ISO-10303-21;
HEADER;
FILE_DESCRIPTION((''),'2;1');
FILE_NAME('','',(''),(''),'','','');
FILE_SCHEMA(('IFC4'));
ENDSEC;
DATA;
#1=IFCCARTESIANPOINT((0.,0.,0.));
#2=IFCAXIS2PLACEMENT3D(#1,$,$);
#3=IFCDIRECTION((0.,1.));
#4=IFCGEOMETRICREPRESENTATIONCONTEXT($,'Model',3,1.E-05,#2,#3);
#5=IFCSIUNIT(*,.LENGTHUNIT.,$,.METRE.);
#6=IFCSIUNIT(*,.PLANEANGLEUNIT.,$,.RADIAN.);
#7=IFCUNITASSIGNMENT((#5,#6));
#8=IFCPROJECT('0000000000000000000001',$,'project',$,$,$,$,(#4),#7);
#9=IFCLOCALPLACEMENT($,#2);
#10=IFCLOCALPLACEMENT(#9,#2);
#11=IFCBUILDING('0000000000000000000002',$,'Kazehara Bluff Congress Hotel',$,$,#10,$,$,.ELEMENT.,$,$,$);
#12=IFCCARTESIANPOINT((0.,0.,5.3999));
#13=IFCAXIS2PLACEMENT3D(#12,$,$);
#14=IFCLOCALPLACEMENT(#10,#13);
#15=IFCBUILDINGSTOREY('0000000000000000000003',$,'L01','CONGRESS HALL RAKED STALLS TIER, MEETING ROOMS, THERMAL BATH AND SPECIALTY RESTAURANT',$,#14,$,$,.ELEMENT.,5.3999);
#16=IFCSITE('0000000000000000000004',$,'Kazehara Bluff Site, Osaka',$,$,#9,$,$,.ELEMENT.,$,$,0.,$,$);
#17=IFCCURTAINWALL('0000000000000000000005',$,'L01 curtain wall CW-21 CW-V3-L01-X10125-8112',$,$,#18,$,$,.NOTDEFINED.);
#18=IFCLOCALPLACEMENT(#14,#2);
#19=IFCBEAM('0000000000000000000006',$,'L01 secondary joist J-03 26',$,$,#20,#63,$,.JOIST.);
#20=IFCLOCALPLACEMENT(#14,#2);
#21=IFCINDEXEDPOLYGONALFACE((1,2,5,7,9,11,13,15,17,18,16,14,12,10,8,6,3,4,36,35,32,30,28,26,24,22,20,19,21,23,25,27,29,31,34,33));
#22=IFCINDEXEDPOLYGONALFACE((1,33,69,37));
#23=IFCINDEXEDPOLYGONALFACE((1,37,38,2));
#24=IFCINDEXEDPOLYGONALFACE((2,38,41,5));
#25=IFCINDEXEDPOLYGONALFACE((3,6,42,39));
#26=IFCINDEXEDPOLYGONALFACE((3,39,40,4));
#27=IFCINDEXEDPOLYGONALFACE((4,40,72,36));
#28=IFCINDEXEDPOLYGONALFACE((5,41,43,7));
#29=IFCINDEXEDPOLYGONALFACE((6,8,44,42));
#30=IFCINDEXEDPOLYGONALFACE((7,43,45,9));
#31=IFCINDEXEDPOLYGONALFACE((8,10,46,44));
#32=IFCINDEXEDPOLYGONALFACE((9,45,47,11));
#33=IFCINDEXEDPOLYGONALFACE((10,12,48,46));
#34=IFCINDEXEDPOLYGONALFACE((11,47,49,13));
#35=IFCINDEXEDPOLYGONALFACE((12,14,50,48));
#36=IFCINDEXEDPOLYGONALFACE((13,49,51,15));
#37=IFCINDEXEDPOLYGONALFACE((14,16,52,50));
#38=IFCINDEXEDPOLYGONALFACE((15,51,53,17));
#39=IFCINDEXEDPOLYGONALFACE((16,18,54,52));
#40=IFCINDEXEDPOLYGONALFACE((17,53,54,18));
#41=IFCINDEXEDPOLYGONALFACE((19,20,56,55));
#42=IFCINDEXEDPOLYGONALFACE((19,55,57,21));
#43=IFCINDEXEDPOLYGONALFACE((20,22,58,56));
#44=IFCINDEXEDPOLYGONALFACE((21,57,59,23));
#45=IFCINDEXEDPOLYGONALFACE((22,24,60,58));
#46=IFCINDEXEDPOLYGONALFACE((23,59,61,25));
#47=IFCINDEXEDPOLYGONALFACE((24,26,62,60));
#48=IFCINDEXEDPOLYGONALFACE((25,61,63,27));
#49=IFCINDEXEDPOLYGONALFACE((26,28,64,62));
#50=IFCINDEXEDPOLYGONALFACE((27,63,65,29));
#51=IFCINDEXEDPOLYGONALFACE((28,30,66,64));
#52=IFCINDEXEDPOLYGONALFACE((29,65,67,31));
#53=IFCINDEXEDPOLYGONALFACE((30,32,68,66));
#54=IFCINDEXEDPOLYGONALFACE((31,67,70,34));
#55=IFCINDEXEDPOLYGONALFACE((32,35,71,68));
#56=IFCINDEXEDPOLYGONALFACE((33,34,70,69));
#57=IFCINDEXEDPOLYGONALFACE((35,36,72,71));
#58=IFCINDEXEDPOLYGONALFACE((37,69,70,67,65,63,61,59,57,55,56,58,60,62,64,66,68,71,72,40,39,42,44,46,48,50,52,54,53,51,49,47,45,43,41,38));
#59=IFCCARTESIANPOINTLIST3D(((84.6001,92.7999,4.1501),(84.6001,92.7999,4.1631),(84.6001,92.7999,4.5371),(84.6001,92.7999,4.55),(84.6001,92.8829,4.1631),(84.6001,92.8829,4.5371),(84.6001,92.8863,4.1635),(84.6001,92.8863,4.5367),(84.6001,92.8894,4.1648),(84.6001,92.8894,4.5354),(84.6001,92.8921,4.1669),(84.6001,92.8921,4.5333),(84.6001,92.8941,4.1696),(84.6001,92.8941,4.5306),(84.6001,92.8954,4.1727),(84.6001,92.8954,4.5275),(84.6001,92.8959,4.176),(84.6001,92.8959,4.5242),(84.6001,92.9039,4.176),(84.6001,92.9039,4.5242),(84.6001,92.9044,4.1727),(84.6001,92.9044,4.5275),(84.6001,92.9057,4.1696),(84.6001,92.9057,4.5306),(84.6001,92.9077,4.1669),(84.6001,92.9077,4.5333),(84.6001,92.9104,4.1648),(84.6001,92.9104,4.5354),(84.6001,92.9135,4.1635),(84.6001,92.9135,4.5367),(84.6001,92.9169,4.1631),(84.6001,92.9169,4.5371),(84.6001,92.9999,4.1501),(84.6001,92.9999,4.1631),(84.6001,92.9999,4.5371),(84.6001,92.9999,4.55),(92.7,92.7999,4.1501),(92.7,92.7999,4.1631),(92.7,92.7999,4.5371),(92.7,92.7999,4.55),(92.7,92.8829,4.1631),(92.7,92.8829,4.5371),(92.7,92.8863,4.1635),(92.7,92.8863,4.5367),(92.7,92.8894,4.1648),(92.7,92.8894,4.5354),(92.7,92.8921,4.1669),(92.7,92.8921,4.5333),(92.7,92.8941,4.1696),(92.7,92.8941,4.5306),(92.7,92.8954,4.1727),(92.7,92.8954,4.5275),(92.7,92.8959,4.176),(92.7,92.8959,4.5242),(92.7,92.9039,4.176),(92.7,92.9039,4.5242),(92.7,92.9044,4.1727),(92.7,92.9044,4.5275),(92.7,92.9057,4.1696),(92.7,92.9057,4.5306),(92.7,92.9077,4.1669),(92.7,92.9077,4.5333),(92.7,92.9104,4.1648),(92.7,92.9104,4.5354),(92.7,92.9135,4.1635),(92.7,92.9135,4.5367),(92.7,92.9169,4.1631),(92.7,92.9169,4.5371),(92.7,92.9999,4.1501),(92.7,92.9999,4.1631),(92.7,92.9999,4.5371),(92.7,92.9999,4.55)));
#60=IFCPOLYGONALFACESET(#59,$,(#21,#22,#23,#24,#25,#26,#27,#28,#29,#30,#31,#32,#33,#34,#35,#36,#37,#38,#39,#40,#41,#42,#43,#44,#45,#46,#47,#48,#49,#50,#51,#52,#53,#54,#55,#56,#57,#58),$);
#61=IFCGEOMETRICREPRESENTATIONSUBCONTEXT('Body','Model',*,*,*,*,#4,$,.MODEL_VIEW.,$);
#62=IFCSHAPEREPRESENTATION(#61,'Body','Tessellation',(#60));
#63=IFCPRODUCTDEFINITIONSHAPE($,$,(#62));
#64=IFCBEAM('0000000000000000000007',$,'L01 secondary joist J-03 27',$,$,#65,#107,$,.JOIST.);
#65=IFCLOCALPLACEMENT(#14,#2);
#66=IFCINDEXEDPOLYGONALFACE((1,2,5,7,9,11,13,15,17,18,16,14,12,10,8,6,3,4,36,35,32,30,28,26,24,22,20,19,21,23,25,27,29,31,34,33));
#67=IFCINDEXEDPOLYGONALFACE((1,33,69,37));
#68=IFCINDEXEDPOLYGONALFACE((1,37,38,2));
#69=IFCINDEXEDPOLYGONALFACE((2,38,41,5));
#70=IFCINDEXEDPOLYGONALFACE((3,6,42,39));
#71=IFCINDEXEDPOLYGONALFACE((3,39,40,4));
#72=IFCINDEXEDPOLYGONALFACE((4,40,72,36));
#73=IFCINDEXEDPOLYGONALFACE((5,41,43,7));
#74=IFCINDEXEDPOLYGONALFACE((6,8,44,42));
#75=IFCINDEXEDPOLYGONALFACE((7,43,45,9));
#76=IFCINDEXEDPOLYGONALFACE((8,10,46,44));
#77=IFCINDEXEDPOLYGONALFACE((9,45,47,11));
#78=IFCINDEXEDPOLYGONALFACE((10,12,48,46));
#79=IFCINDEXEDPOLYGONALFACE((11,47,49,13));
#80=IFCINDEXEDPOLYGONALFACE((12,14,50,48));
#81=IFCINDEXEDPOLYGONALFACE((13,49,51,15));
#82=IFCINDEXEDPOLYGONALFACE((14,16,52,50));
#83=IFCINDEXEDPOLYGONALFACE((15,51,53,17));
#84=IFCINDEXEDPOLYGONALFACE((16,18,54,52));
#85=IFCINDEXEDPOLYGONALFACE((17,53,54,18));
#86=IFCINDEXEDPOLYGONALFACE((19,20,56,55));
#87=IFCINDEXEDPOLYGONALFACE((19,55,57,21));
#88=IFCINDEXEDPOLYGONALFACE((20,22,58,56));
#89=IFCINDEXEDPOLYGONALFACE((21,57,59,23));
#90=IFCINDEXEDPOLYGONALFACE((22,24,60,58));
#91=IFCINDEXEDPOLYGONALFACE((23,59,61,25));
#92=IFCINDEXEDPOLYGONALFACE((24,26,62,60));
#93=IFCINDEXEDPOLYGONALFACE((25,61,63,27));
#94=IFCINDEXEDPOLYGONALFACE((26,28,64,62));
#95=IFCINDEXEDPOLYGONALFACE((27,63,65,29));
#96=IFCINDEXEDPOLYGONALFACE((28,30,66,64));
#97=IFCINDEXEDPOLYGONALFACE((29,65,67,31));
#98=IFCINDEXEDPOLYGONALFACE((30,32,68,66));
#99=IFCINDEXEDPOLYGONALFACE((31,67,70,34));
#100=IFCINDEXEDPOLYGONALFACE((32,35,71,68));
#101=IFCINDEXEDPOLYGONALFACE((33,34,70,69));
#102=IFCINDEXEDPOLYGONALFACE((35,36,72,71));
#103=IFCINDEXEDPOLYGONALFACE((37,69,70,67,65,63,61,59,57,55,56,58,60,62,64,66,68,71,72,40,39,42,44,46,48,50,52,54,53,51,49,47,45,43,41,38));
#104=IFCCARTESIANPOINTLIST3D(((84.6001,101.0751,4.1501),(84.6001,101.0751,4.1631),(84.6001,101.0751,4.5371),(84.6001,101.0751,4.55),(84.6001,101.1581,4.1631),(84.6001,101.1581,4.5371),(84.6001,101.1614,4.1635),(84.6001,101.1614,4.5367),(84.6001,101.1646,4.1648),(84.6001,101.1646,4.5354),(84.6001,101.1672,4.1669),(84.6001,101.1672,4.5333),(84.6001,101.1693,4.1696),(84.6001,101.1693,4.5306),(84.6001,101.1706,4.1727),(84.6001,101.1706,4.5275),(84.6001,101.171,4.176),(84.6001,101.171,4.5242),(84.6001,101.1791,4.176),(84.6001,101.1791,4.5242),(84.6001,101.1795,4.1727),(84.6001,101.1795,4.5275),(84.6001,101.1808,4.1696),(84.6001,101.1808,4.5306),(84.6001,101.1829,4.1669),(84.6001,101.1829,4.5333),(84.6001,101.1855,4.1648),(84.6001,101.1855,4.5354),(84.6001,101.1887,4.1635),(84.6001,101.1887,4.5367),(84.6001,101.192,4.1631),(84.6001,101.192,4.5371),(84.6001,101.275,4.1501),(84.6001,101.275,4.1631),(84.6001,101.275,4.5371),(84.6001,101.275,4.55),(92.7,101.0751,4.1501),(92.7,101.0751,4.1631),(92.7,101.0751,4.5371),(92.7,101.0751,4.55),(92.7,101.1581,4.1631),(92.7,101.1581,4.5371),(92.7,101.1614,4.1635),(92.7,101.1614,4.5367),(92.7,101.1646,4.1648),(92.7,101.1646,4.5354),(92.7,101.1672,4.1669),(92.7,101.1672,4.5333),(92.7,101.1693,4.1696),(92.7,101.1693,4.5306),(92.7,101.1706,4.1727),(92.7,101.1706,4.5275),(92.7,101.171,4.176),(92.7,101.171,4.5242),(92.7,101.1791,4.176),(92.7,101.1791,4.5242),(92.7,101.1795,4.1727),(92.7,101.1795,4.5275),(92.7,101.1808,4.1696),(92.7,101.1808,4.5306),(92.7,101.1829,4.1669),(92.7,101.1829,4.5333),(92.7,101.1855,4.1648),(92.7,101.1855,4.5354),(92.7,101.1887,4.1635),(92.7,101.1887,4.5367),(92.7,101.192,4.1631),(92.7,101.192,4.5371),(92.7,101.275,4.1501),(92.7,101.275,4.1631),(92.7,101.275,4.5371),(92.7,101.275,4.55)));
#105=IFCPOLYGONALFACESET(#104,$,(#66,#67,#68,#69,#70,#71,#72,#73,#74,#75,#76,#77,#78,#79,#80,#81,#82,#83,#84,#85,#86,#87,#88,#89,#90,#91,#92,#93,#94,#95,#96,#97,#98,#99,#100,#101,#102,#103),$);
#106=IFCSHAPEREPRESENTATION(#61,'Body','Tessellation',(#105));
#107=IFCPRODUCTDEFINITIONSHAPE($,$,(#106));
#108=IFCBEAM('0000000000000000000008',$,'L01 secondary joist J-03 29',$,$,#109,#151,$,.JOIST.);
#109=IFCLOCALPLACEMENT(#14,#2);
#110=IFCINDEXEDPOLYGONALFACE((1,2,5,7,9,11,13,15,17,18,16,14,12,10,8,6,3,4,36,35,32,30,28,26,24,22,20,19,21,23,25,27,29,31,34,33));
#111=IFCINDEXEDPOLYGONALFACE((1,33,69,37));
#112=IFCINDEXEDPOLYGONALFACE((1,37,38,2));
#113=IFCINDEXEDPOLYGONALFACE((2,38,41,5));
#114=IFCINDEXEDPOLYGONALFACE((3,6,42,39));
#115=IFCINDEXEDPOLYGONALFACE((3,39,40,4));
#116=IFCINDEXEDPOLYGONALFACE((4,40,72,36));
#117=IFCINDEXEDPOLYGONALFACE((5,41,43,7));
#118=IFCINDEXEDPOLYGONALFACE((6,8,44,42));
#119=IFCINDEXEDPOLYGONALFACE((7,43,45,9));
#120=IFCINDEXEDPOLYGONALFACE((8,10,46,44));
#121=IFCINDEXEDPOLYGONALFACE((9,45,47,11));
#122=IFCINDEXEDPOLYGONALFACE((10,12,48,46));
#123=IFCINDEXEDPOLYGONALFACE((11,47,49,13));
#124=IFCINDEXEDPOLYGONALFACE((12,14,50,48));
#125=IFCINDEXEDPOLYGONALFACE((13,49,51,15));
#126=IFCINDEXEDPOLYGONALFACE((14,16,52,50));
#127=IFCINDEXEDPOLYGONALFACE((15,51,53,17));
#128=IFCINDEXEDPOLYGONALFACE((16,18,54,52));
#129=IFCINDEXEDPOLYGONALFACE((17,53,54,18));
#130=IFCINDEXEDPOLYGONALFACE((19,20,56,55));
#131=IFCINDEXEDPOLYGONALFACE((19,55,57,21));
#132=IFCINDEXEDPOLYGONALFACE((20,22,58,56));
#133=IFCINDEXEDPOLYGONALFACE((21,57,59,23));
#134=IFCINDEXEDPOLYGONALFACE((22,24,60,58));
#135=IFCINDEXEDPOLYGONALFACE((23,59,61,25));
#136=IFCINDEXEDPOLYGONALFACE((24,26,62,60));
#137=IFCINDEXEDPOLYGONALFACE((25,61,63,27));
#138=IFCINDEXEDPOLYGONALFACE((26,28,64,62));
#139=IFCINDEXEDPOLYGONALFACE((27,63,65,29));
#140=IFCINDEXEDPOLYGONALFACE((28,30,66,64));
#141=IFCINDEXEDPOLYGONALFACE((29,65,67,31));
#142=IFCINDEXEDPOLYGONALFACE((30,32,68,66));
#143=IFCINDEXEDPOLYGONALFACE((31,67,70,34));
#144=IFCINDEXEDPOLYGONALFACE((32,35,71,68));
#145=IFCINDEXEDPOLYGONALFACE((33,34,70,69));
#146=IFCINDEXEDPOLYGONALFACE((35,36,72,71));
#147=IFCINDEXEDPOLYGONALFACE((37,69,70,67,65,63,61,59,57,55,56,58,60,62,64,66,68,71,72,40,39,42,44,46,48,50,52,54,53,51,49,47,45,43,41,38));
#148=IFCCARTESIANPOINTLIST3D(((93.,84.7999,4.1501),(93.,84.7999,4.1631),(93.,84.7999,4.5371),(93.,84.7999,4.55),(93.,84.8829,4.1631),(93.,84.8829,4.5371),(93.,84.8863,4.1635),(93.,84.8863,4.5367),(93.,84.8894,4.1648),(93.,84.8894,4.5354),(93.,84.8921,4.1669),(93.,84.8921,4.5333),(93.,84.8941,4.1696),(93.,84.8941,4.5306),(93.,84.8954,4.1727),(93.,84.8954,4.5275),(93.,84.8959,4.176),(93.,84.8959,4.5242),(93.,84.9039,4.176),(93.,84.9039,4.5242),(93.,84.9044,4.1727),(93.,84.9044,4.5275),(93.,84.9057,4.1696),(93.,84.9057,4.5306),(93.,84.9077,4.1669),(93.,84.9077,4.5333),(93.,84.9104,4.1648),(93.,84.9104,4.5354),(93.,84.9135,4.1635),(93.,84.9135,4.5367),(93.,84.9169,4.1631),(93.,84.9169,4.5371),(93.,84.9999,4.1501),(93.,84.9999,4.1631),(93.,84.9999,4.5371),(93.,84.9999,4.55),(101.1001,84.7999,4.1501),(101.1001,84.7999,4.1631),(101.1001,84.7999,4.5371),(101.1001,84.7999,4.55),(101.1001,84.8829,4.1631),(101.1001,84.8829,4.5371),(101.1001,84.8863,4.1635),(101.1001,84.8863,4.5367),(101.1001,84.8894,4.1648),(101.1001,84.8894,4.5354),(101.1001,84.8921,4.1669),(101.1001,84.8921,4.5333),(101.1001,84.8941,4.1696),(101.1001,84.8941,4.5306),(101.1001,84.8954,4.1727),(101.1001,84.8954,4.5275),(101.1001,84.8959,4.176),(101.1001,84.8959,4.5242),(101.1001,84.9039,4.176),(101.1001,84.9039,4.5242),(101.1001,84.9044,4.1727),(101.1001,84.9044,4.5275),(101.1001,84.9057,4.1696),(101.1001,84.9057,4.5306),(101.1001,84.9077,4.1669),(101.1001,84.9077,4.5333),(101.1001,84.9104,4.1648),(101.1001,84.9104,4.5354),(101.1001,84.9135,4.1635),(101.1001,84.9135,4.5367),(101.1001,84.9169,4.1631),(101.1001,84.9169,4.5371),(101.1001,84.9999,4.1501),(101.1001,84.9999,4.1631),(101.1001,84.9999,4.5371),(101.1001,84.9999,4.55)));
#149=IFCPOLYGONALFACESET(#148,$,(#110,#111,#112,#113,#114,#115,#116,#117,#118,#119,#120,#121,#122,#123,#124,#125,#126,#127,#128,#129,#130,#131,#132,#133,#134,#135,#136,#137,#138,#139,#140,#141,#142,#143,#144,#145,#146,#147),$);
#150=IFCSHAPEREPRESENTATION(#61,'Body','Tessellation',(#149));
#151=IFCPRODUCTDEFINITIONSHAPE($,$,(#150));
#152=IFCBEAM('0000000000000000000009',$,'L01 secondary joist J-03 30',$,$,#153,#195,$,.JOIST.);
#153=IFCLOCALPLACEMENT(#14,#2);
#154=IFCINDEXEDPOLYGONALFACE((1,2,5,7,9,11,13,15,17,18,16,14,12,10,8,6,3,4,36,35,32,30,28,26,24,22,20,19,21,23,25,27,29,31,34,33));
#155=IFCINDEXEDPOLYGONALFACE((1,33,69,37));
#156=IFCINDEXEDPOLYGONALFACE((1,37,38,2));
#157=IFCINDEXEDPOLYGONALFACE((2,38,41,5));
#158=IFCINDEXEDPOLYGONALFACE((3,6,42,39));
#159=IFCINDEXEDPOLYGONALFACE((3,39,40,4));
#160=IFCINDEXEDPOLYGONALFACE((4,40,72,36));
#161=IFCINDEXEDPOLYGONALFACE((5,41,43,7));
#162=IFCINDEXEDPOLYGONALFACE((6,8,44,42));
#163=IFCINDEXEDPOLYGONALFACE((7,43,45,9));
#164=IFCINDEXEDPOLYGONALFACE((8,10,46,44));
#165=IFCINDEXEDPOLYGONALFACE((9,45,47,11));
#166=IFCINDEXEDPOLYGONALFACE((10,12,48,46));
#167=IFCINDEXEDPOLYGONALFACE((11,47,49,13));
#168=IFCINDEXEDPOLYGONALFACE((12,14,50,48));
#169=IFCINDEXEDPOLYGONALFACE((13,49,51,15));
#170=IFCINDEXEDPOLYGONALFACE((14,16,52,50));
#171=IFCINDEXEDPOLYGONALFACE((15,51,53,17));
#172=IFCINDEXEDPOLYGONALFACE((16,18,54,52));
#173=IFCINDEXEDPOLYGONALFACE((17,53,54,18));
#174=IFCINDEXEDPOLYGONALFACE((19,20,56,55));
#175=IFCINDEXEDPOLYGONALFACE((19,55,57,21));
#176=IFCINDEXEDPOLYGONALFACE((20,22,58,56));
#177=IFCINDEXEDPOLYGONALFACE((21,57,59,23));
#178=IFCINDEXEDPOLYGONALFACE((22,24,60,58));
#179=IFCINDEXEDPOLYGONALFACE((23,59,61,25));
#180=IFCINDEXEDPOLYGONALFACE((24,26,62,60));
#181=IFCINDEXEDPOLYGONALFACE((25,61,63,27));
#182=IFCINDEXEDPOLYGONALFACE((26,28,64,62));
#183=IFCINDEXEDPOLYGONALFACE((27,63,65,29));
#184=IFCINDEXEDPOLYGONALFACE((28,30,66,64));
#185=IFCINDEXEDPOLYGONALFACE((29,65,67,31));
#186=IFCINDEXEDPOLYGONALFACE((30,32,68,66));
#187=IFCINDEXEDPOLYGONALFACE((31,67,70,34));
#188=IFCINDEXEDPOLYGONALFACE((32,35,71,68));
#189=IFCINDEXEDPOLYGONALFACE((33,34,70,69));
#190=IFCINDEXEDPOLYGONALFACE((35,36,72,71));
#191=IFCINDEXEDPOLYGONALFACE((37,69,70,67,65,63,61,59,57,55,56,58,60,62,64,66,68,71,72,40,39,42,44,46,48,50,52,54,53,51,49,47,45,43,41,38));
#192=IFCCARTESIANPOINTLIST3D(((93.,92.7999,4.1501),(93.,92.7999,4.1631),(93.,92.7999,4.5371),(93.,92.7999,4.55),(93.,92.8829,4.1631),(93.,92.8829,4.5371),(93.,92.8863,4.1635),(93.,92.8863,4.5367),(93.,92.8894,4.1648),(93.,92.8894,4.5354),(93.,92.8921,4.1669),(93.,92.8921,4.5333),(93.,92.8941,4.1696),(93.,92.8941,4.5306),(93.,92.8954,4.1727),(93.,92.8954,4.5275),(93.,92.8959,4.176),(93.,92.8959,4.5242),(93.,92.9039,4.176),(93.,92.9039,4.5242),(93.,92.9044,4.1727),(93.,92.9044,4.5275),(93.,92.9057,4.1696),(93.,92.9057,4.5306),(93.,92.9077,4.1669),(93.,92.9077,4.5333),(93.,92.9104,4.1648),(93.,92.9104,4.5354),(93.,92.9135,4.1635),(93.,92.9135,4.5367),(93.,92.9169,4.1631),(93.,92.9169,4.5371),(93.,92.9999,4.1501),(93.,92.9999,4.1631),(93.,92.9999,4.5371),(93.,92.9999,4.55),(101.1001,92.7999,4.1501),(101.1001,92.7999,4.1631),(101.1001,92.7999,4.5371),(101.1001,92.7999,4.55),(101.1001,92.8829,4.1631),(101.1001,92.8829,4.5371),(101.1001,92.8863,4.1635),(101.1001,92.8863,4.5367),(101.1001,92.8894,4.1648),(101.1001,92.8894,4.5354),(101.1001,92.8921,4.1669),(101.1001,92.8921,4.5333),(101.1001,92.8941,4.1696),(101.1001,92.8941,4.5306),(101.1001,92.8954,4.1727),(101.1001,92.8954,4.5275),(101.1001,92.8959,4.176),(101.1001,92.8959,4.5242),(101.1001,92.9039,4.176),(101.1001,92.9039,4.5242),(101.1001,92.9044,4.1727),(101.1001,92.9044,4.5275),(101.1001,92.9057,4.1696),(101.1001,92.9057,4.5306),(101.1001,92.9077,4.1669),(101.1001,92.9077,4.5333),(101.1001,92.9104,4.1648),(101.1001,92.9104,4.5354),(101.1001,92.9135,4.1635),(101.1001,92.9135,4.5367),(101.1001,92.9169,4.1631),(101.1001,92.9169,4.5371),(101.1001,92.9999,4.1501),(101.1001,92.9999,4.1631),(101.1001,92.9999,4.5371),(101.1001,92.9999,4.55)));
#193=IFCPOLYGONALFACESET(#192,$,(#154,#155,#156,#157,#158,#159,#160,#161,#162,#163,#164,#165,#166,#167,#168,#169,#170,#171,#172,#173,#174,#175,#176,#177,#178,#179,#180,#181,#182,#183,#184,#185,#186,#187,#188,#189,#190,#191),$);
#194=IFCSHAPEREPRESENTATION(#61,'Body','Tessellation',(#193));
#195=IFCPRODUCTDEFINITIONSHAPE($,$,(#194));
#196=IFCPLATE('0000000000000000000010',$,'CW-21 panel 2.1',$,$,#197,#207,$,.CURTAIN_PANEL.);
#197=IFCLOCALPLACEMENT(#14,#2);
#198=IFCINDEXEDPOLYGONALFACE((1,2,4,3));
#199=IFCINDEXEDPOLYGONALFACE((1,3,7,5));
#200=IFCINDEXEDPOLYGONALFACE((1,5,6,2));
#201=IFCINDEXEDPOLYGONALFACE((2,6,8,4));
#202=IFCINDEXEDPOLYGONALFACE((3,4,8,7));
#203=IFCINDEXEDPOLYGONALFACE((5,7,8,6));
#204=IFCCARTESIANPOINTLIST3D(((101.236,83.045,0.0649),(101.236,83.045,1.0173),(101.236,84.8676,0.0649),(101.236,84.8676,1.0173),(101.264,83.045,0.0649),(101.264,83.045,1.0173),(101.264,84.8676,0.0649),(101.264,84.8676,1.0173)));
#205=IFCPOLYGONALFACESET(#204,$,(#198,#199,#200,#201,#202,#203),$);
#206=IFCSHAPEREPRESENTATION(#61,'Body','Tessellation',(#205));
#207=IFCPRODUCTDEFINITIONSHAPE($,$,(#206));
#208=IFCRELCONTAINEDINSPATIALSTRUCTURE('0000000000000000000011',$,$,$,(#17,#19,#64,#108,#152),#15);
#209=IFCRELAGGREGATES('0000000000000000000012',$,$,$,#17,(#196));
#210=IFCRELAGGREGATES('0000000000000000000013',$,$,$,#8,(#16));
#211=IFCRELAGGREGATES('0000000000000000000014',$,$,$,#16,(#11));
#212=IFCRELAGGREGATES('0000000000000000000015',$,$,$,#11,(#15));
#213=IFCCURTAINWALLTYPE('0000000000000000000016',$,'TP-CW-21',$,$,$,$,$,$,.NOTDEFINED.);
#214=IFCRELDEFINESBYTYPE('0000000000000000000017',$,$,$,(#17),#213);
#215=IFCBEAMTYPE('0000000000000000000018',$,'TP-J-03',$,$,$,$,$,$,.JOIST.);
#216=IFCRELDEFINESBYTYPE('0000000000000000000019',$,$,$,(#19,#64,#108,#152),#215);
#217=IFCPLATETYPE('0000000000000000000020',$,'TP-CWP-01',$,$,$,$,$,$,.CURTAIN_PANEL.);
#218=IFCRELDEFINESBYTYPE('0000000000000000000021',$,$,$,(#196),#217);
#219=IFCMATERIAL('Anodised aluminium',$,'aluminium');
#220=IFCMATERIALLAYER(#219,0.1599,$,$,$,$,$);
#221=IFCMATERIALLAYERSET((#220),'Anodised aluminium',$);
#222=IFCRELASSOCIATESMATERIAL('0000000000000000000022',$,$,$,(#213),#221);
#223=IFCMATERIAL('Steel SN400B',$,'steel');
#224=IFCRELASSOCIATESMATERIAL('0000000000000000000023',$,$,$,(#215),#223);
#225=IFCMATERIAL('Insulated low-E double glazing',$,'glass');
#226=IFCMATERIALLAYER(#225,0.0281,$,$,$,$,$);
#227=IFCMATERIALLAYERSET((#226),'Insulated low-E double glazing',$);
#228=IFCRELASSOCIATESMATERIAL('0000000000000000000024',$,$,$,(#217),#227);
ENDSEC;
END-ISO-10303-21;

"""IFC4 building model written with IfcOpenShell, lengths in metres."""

from ifc_helpers import new_model, si_unit, direction, frame, origin, origin_2d, place, context, subcontext, project, spatial, rectangle, i_section, extrude, material, layer, layer_set, material_profile, profile_set, type_object, element, aggregate, save


model = new_model("IFC4")

# Units and contexts
model_context = context("Model", 3, precision=1e-05, world=origin(), true_north=direction((0.0, 1.0)))
body_context = subcontext(model_context, "Body", "Model", "MODEL_VIEW")
ifc_project = project(units=[si_unit("LENGTHUNIT", "METRE"), si_unit("PLANEANGLEUNIT", "RADIAN")], contexts=[model_context])

# Site, building, storey
site_placement = place(None, origin())
site = spatial("IfcSite", under=ifc_project, at=site_placement, Name="Kazehara Bluff Site, Osaka", CompositionType="ELEMENT", RefElevation=0.0)
building_placement = place(site_placement, origin())
building = spatial("IfcBuilding", under=site, at=building_placement, Name="Kazehara Bluff Congress Hotel", CompositionType="ELEMENT")
storey_placement = place(building_placement, frame((0.0, 0.0, 5.3999)))
storey = spatial("IfcBuildingStorey", under=building, at=storey_placement, Name="L01", Description="CONGRESS HALL RAKED STALLS TIER, MEETING ROOMS, THERMAL BATH AND SPECIALTY RESTAURANT", CompositionType="ELEMENT", Elevation=5.3999)

# Curtain wall
ifc_material_1 = material(Name="Anodised aluminium", Category="aluminium")
ifc_layer_1 = layer(ifc_material_1, 0.1599)
ifc_layer_set_1 = layer_set([ifc_layer_1], Name="Anodised aluminium")
curtain_wall_type = type_object("IfcCurtainWallType", Name="TP-CW-21", PredefinedType="NOTDEFINED", material=ifc_layer_set_1)
curtain_wall_placement = place(storey_placement, origin())
curtain_wall = element("IfcCurtainWall", 1, at=curtain_wall_placement, inside=storey, type_object=curtain_wall_type, Name="L01 curtain wall CW-21 CW-V3-L01-X10125-8112", PredefinedType="NOTDEFINED")

# Beams
ifc_material_2 = material(Name="Steel SN400B", Category="steel")
ifc_material_profile_1 = material_profile(ifc_material_2, i_section(OverallWidth=0.2, OverallDepth=0.3999, WebThickness=0.0081, FlangeThickness=0.0129, FilletRadius=0.0129, at=origin_2d()))
ifc_profile_set_1 = profile_set([ifc_material_profile_1], Name="Steel SN400B")
beam_type_1 = type_object("IfcBeamType", Name="TP-J-03", PredefinedType="JOIST", material=ifc_profile_set_1)
for number, where, z_axis, x_axis, name in (
    (2, (84.6001, 92.8999, 4.3501), (1.0, 0.0, 0.0), (0.0, 1.0, 0.0), "L01 secondary joist J-03 26"),
    (3, (84.6001, 101.175, 4.3501), (1.0, 0.0, 0.0), (0.0, 1.0, 0.0), "L01 secondary joist J-03 27"),
):
    element("IfcBeam", number, at=place(storey_placement, frame(where, z_axis=z_axis, x_axis=x_axis)), inside=storey, type_object=beam_type_1, Name=name, PredefinedType="JOIST", context=body_context, shape_type="SweptSolid", body=[
        extrude(i_section(OverallWidth=0.2, OverallDepth=0.3999, WebThickness=0.0081, FlangeThickness=0.0129, FilletRadius=0.0129, at=origin_2d()), origin(), (0.0, 0.0, 1.0), 8.0999),
    ])
for number, where, z_axis, x_axis, name in (
    (4, (93.0, 84.8999, 4.3501), (1.0, 0.0, 0.0), (0.0, 1.0, 0.0), "L01 secondary joist J-03 29"),
    (5, (93.0, 92.8999, 4.3501), (1.0, 0.0, 0.0), (0.0, 1.0, 0.0), "L01 secondary joist J-03 30"),
):
    element("IfcBeam", number, at=place(storey_placement, frame(where, z_axis=z_axis, x_axis=x_axis)), inside=storey, type_object=beam_type_1, Name=name, PredefinedType="JOIST", context=body_context, shape_type="SweptSolid", body=[
        extrude(i_section(OverallWidth=0.2, OverallDepth=0.3999, WebThickness=0.0081, FlangeThickness=0.0129, FilletRadius=0.0129, at=origin_2d()), origin(), (0.0, 0.0, 1.0), 8.1001),
    ])

# Plate
ifc_material_3 = material(Name="Insulated low-E double glazing", Category="glass")
ifc_layer_2 = layer(ifc_material_3, 0.0281)
ifc_layer_set_2 = layer_set([ifc_layer_2], Name="Insulated low-E double glazing")
plate_type = type_object("IfcPlateType", Name="TP-CWP-01", PredefinedType="CURTAIN_PANEL", material=ifc_layer_set_2)
plate_1_placement = place(storey_placement, frame((101.25, 83.9563, 0.0649), z_axis=(0.0, 0.0, 1.0), x_axis=(0.0, 1.0, 0.0)))
plate_1 = element("IfcPlate", 6, at=plate_1_placement, type_object=plate_type, Name="CW-21 panel 2.1", PredefinedType="CURTAIN_PANEL", context=body_context, shape_type="SweptSolid", body=[
    extrude(rectangle(XDim=1.8225, YDim=0.0281, at=origin_2d()), origin(), (0.0, 0.0, 1.0), 0.9524),
])
aggregate(curtain_wall, [plate_1])

save(model, "model.ifc")
